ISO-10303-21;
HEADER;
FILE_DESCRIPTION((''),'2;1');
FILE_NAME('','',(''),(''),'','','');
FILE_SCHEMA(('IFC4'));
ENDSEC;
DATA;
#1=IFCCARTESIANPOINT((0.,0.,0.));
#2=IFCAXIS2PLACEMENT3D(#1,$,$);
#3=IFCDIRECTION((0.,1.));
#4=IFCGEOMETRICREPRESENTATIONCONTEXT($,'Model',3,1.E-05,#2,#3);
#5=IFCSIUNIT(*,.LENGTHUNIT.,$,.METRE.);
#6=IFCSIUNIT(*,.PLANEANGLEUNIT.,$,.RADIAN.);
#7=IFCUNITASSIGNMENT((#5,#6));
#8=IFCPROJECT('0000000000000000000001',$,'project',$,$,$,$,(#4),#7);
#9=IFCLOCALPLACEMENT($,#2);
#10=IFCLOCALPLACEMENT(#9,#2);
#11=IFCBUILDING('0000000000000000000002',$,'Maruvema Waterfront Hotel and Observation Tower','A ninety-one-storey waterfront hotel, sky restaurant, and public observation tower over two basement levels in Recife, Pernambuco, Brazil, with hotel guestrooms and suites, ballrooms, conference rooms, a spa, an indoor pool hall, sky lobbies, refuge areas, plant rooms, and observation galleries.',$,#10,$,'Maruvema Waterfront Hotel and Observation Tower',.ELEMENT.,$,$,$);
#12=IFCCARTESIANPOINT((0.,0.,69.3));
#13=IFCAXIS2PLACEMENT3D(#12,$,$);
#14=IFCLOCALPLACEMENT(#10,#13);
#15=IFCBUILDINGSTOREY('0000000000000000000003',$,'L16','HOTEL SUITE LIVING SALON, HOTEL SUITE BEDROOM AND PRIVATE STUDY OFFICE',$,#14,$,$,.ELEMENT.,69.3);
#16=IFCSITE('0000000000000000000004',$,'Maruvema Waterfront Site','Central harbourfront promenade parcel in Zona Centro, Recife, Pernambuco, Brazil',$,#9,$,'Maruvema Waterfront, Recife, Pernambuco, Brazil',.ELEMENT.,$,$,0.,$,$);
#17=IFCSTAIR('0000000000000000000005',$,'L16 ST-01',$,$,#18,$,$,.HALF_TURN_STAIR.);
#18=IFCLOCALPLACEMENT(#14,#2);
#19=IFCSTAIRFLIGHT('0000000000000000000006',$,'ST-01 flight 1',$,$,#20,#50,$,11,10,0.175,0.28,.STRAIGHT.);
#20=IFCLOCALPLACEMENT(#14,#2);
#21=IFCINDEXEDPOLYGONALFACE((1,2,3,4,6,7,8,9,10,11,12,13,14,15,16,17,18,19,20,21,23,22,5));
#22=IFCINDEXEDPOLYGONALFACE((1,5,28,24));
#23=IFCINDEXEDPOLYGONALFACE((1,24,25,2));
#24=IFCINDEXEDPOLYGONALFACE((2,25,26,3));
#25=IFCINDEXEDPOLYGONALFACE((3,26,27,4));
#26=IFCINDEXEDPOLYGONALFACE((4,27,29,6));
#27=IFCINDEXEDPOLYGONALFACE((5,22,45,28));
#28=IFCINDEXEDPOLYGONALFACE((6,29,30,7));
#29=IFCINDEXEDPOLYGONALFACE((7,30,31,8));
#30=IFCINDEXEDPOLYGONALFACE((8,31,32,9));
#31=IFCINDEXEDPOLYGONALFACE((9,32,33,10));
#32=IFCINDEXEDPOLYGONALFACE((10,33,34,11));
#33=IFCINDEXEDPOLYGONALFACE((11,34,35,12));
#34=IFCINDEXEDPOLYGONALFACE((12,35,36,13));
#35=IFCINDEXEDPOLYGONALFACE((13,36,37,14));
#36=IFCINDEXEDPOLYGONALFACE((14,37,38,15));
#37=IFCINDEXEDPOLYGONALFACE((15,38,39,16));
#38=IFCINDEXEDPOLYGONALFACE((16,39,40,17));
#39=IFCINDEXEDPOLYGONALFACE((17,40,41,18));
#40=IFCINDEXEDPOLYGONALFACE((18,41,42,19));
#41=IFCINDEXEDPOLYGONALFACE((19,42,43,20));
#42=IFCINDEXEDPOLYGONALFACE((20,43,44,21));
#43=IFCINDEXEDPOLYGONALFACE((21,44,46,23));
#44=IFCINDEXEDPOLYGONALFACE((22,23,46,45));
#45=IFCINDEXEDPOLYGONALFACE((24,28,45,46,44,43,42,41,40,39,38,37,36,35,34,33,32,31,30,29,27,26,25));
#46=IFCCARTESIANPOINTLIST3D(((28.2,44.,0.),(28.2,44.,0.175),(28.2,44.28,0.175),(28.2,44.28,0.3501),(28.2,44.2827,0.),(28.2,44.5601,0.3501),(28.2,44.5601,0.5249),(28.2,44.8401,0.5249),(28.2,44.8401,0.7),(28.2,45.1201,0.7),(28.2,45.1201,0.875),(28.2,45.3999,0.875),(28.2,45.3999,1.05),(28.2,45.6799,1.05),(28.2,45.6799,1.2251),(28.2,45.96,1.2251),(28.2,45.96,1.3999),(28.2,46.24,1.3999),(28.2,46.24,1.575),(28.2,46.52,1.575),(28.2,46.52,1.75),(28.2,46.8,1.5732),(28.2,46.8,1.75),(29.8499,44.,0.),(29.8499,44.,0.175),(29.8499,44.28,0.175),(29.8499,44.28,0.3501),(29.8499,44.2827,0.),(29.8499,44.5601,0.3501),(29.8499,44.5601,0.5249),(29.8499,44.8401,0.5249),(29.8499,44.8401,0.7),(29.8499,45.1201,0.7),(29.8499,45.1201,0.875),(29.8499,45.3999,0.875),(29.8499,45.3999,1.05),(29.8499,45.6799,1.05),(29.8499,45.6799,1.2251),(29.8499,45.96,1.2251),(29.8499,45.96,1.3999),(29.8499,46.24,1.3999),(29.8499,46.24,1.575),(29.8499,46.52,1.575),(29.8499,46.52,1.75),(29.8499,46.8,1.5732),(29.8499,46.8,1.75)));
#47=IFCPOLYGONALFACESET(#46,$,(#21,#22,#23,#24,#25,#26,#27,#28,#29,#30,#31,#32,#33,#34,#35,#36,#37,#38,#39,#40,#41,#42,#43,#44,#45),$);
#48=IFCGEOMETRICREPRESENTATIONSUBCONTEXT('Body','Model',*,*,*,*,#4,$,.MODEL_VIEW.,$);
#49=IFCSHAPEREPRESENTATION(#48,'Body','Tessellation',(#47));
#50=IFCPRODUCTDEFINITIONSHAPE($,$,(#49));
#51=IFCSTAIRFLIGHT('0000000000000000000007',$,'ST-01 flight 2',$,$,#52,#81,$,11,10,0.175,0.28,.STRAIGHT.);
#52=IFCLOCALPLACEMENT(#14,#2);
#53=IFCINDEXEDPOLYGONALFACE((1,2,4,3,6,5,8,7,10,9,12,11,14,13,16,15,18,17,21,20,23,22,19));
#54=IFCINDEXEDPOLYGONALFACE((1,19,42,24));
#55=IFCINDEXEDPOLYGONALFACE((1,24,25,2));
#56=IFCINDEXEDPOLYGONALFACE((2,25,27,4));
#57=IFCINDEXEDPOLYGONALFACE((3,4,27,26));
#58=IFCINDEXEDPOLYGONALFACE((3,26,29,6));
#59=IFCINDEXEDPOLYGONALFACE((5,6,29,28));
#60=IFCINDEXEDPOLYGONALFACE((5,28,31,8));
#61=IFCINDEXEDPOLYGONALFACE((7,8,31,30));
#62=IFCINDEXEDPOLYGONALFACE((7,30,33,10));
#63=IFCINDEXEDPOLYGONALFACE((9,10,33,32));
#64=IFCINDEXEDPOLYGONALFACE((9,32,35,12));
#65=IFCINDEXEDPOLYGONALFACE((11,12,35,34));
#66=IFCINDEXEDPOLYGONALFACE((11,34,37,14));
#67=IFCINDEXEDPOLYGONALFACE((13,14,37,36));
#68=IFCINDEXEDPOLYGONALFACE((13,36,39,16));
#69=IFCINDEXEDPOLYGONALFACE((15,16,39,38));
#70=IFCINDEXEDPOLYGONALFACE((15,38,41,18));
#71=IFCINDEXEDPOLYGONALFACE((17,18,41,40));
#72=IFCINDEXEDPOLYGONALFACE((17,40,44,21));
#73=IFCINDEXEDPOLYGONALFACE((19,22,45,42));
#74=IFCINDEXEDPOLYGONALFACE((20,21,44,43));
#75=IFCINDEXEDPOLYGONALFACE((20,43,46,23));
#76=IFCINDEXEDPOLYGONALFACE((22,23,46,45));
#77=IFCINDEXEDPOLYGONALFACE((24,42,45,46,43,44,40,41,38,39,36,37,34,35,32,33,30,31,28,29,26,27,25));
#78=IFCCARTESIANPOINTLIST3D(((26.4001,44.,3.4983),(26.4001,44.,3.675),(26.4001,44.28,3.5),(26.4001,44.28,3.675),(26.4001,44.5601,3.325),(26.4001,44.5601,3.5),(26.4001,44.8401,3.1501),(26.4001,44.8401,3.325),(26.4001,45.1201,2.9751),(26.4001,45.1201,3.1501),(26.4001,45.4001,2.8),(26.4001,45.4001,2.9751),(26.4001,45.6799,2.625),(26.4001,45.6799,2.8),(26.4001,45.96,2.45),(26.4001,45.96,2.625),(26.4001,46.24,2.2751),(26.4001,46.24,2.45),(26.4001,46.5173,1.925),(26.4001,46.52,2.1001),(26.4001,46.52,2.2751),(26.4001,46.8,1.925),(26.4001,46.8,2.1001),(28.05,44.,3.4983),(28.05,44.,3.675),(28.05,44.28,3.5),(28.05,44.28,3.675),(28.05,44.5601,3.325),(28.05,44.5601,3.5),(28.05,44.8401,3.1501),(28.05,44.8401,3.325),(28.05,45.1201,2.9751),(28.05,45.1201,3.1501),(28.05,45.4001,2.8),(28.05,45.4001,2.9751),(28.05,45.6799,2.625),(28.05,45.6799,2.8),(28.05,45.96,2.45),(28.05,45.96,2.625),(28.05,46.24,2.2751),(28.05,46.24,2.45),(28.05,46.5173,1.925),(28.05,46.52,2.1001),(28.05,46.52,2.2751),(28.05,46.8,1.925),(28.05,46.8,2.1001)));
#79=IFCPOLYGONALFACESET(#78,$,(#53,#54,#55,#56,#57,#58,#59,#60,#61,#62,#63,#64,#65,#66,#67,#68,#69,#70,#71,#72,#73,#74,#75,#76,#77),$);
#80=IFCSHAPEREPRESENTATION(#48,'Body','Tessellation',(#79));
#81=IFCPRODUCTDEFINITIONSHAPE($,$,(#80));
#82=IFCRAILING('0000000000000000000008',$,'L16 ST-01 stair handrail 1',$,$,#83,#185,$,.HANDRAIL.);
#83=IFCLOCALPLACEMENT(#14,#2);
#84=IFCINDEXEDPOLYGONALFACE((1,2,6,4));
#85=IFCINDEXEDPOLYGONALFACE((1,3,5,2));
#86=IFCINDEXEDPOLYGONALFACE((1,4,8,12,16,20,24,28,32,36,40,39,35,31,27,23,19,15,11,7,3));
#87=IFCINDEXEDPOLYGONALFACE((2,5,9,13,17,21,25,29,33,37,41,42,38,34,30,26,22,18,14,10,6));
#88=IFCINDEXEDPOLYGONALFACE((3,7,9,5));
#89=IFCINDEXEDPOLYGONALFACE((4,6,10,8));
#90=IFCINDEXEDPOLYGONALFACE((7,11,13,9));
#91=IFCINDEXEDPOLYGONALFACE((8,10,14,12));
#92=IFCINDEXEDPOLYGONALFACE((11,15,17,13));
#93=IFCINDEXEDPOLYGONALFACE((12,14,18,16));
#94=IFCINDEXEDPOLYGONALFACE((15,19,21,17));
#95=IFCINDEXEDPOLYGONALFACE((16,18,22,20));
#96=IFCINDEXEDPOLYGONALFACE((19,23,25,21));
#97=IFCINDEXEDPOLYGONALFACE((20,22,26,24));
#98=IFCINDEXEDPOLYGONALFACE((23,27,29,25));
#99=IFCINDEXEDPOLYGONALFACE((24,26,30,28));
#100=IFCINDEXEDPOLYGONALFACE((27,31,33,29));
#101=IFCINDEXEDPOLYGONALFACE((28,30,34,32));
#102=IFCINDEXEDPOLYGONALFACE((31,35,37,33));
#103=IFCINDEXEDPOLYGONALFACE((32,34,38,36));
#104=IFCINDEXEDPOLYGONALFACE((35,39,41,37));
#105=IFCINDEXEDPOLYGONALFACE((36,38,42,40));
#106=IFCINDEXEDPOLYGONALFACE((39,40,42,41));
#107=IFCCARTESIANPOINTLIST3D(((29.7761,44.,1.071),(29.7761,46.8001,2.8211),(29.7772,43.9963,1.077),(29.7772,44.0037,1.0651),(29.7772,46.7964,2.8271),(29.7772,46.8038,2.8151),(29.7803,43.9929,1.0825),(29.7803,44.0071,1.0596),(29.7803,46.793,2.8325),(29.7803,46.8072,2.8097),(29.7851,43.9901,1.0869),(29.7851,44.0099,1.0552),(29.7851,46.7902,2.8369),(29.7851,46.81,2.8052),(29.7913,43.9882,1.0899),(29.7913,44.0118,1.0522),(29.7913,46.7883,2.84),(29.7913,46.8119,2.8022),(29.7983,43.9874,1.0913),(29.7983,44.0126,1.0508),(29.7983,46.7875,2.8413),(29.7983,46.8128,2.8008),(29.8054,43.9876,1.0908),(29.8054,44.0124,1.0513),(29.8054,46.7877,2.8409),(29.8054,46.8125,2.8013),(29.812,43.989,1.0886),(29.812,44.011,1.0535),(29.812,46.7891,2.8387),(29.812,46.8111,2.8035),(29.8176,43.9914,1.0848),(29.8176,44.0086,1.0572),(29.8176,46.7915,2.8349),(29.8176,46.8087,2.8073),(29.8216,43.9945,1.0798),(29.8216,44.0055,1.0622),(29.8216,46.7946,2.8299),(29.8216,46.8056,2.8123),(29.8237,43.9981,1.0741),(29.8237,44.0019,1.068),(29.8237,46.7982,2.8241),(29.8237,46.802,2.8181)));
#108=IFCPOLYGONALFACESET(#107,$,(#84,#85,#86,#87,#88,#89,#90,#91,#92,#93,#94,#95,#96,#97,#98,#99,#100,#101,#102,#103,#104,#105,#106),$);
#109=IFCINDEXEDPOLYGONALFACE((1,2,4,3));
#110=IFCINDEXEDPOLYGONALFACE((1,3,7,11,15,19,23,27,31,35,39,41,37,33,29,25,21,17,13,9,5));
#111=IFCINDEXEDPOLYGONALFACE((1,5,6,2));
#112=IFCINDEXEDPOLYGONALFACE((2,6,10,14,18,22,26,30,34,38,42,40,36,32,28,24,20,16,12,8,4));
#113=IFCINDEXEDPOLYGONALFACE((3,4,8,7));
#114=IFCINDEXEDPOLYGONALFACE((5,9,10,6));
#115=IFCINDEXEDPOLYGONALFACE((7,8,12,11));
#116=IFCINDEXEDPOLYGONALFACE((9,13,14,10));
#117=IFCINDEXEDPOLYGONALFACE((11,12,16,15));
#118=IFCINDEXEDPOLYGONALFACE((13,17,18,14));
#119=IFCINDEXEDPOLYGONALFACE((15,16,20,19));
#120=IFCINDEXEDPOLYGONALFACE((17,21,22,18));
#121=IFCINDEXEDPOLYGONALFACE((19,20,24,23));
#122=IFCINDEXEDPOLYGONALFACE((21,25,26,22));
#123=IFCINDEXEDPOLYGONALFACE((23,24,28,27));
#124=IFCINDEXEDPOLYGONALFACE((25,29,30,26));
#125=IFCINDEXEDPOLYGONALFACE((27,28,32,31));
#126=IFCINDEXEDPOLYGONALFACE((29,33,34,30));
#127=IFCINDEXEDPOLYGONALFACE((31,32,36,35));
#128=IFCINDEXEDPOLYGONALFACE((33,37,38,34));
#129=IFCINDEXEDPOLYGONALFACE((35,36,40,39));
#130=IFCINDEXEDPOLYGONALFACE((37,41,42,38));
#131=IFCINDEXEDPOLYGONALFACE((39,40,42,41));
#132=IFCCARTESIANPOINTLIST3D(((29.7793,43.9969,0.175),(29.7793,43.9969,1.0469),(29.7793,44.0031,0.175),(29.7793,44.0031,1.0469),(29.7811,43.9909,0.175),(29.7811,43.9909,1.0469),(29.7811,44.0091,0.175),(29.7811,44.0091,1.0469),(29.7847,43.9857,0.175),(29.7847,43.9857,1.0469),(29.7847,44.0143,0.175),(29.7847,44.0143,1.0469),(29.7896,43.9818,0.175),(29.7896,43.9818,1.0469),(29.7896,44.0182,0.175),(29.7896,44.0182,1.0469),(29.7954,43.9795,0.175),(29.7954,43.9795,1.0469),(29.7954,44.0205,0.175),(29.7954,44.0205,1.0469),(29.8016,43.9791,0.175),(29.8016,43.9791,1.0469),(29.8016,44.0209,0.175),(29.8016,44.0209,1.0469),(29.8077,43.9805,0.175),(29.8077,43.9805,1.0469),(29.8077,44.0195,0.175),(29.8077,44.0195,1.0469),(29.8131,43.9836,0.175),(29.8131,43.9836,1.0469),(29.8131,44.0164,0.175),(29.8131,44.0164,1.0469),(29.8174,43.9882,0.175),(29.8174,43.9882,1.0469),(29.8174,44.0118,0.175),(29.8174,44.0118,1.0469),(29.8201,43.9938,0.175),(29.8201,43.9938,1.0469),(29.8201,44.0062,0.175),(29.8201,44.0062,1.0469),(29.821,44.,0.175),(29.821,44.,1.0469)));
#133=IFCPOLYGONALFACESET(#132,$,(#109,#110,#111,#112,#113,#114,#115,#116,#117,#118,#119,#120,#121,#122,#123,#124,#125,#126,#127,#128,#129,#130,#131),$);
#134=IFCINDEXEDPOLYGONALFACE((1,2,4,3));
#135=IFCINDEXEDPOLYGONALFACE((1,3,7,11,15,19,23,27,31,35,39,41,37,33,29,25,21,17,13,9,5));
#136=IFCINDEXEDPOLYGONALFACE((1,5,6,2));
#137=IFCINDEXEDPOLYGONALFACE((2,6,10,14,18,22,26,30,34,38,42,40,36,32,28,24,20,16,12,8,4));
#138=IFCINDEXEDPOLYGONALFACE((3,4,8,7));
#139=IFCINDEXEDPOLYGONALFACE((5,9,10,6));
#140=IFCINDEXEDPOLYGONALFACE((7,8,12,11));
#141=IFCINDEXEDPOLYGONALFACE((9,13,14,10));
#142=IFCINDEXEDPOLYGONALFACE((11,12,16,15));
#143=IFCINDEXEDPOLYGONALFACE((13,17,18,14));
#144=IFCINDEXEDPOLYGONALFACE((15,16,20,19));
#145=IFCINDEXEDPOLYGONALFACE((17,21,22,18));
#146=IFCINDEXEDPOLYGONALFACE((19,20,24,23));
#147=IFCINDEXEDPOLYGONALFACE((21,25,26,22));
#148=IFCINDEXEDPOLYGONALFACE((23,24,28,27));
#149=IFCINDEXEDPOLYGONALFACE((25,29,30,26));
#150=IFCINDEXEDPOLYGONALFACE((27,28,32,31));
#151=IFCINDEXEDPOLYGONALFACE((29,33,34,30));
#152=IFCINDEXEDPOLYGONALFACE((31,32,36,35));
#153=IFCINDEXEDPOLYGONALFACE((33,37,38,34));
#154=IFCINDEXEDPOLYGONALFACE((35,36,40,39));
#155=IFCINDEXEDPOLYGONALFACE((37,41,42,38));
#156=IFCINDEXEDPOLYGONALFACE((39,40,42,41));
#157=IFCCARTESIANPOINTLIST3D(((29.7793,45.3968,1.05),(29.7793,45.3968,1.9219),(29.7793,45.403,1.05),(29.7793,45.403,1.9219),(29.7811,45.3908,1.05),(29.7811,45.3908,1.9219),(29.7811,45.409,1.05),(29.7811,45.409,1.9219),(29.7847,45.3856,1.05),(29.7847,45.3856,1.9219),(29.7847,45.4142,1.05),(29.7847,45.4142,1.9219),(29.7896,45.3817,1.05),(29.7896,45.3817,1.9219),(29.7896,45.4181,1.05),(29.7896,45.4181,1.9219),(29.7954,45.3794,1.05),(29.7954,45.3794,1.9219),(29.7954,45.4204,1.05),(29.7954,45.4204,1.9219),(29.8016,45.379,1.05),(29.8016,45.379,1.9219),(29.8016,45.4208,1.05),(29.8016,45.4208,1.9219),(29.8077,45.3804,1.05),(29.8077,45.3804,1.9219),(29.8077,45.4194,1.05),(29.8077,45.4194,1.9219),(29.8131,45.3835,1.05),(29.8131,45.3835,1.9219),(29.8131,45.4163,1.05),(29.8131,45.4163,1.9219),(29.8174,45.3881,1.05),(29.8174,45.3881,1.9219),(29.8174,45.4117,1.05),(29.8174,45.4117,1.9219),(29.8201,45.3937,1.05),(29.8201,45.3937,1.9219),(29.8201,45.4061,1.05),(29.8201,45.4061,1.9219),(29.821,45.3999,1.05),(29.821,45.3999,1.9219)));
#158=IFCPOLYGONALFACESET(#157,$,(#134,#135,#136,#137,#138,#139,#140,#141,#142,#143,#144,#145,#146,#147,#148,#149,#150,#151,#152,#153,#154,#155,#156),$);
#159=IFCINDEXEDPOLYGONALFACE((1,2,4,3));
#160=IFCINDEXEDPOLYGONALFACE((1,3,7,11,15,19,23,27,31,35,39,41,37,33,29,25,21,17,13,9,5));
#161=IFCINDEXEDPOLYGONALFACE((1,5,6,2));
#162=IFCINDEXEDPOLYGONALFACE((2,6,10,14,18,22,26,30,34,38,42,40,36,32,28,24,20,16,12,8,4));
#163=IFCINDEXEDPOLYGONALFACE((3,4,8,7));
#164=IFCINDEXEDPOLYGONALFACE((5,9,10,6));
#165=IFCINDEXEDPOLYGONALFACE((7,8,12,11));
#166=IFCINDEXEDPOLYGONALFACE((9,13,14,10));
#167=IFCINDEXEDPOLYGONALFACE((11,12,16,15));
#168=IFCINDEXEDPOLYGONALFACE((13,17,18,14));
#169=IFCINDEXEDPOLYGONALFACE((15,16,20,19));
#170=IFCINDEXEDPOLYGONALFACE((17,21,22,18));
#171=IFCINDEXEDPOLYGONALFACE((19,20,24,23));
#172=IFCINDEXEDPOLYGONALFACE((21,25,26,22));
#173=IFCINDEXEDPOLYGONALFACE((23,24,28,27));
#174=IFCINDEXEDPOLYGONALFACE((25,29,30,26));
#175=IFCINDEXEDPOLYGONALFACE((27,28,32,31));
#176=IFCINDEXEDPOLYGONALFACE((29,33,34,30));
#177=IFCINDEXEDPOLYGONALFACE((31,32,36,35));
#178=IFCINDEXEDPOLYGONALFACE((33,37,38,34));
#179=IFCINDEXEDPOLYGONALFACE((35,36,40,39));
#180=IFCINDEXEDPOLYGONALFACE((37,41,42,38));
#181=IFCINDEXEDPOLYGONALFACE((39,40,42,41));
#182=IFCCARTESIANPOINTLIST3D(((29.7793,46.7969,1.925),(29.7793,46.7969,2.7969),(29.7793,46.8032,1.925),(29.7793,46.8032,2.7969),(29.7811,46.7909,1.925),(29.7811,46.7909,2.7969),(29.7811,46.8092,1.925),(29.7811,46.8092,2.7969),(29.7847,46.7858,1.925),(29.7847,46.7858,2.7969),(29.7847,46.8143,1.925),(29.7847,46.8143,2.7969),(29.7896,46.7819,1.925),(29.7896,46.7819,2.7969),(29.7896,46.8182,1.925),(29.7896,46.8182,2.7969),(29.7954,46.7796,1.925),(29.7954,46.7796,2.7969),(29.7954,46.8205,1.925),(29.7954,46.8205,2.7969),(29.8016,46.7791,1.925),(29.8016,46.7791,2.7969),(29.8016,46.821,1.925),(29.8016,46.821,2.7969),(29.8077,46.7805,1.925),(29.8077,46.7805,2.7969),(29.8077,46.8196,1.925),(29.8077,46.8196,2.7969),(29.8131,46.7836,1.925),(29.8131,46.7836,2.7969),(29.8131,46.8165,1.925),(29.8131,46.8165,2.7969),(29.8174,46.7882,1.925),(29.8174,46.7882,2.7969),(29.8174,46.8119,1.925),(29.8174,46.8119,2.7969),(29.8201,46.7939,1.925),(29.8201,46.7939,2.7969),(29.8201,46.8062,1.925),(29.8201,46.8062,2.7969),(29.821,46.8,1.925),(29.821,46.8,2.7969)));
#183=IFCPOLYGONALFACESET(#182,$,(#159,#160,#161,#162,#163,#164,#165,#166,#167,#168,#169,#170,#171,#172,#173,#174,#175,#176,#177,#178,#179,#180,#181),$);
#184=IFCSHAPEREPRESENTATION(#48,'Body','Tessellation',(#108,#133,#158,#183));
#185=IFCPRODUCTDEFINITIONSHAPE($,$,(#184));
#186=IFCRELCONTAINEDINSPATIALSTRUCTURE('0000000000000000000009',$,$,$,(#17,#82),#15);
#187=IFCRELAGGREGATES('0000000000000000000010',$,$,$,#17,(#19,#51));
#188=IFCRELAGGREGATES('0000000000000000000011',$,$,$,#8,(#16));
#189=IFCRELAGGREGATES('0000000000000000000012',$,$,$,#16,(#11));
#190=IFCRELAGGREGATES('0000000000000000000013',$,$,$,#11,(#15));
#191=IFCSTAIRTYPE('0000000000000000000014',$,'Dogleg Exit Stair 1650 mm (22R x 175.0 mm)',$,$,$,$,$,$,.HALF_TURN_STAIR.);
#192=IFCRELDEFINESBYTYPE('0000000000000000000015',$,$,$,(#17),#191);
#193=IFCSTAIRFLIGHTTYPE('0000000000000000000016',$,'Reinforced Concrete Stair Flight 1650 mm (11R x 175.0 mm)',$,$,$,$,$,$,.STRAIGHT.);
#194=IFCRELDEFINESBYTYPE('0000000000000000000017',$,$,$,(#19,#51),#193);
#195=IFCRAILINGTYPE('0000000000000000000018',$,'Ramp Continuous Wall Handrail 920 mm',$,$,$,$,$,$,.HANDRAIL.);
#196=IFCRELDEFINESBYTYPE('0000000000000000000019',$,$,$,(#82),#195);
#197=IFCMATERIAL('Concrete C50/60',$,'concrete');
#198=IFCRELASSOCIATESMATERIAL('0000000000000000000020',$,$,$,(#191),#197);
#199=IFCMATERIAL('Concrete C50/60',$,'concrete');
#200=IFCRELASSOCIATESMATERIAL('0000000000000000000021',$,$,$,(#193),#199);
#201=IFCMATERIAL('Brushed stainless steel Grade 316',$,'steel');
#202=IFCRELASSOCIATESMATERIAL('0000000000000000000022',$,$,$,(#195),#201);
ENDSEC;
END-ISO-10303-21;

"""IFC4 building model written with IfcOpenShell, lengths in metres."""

from ifc_helpers import new_model, si_unit, direction, frame, origin, origin_2d, place, context, subcontext, project, spatial, polyline, circle, outline, extrude, material, type_object, element, aggregate, save


model = new_model("IFC4")

# Units and contexts
model_context = context("Model", 3, precision=1e-05, world=origin(), true_north=direction((0.0, 1.0)))
body_context = subcontext(model_context, "Body", "Model", "MODEL_VIEW")
ifc_project = project(units=[si_unit("LENGTHUNIT", "METRE"), si_unit("PLANEANGLEUNIT", "RADIAN")], contexts=[model_context])

# Site, building, storey
site_placement = place(None, origin())
site = spatial("IfcSite", under=ifc_project, at=site_placement, Name="Maruvema Waterfront Site", Description="Central harbourfront promenade parcel in Zona Centro, Recife, Pernambuco, Brazil", LongName="Maruvema Waterfront, Recife, Pernambuco, Brazil", CompositionType="ELEMENT", RefElevation=0.0)
building_placement = place(site_placement, origin())
building = spatial("IfcBuilding", under=site, at=building_placement, Name="Maruvema Waterfront Hotel and Observation Tower", Description="A ninety-one-storey waterfront hotel, sky restaurant, and public observation tower over two basement levels in Recife, Pernambuco, Brazil, with hotel guestrooms and suites, ballrooms, conference rooms, a spa, an indoor pool hall, sky lobbies, refuge areas, plant rooms, and observation galleries.", LongName="Maruvema Waterfront Hotel and Observation Tower", CompositionType="ELEMENT")
storey_placement = place(building_placement, frame((0.0, 0.0, 69.3)))
storey = spatial("IfcBuildingStorey", under=building, at=storey_placement, Name="L16", Description="HOTEL SUITE LIVING SALON, HOTEL SUITE BEDROOM AND PRIVATE STUDY OFFICE", CompositionType="ELEMENT", Elevation=69.3)

# Stair, stair flights
ifc_material_1 = material(Name="Concrete C50/60", Category="concrete")
stair_type = type_object("IfcStairType", Name="Dogleg Exit Stair 1650 mm (22R x 175.0 mm)", PredefinedType="HALF_TURN_STAIR", material=ifc_material_1)
stair_placement = place(storey_placement, origin())
stair = element("IfcStair", 1, at=stair_placement, inside=storey, type_object=stair_type, Name="L16 ST-01", PredefinedType="HALF_TURN_STAIR")
ifc_material_2 = material(Name="Concrete C50/60", Category="concrete")
stair_flight_type = type_object("IfcStairFlightType", Name="Reinforced Concrete Stair Flight 1650 mm (11R x 175.0 mm)", PredefinedType="STRAIGHT", material=ifc_material_2)
stair_flight_1_placement = place(storey_placement, frame((29.0249, 44.0, 0.0), z_axis=(0.0, 0.0, 1.0), x_axis=(0.0, 1.0, 0.0)))
stair_flight_1 = element("IfcStairFlight", 2, at=stair_flight_1_placement, type_object=stair_flight_type, Name="ST-01 flight 1", NumberOfRisers=11, NumberOfTreads=10, PredefinedType="STRAIGHT", RiserHeight=0.175, TreadLength=0.28, context=body_context, shape_type="SweptSolid", body=[
    extrude(outline(polyline([(0.0, 0.0), (0.0, 0.175), (0.28, 0.175), (0.28, 0.3501), (0.5601, 0.3501), (0.5601, 0.5249), (0.8401, 0.5249), (0.8401, 0.7), (1.1201, 0.7), (1.1201, 0.875), (1.3999, 0.875), (1.3999, 1.05), (1.6799, 1.05), (1.6799, 1.2251), (1.96, 1.2251), (1.96, 1.3999), (2.24, 1.3999), (2.24, 1.575), (2.52, 1.575), (2.52, 1.75), (2.8, 1.75), (2.8, 1.925), (2.8, 1.5732), (0.2827, 0.0), (0.0, 0.0)])), frame((0.0, 0.825, 0.0), z_axis=(0.0, -1.0, 0.0), x_axis=(1.0, 0.0, 0.0)), (0.0, 0.0, 1.0), 1.6499),
])
stair_flight_2_placement = place(storey_placement, frame((27.2251, 46.8, 1.925), z_axis=(0.0, 0.0, 1.0), x_axis=(0.0, -1.0, 0.0)))
stair_flight_2 = element("IfcStairFlight", 3, at=stair_flight_2_placement, type_object=stair_flight_type, Name="ST-01 flight 2", NumberOfRisers=11, NumberOfTreads=10, PredefinedType="STRAIGHT", RiserHeight=0.175, TreadLength=0.28, context=body_context, shape_type="SweptSolid", body=[
    extrude(outline(polyline([(0.0, 0.0), (0.0, 0.175), (0.28, 0.175), (0.28, 0.3501), (0.5601, 0.3501), (0.5601, 0.5249), (0.8401, 0.5249), (0.8401, 0.7), (1.1201, 0.7), (1.1201, 0.875), (1.3999, 0.875), (1.3999, 1.05), (1.6799, 1.05), (1.6799, 1.2251), (1.96, 1.2251), (1.96, 1.3999), (2.24, 1.3999), (2.24, 1.575), (2.52, 1.575), (2.52, 1.75), (2.8, 1.75), (2.8, 1.925), (2.8, 1.5732), (0.2827, 0.0), (0.0, 0.0)])), frame((0.0, 0.825, 0.0), z_axis=(0.0, -1.0, 0.0), x_axis=(1.0, 0.0, 0.0)), (0.0, 0.0, 1.0), 1.6499),
])
aggregate(stair, [stair_flight_1, stair_flight_2])

# Railing
ifc_material_3 = material(Name="Brushed stainless steel Grade 316", Category="steel")
railing_type_1 = type_object("IfcRailingType", Name="Ramp Continuous Wall Handrail 920 mm", PredefinedType="HANDRAIL", material=ifc_material_3)
railing_1_placement = place(storey_placement, frame((29.8, 44.0, 0.175)))
element("IfcRailing", 4, at=railing_1_placement, inside=storey, type_object=railing_type_1, Name="L16 ST-01 stair handrail 1", PredefinedType="HANDRAIL", context=body_context, shape_type="SweptSolid", body=[
    extrude(circle(Radius=0.0239, at=origin_2d()), frame((0.0, 0.0, 0.896), z_axis=(0.0, 0.848002, 0.529992), x_axis=(-1.0, 0.0, 0.0)), (0.0, 0.0, 1.0), 3.302),
    extrude(circle(Radius=0.021, at=origin_2d()), origin(), (0.0, 0.0, 1.0), 0.8718),
    extrude(circle(Radius=0.021, at=origin_2d()), frame((0.0, 1.3999, 0.875)), (0.0, 0.0, 1.0), 0.8718),
    extrude(circle(Radius=0.021, at=origin_2d()), frame((0.0, 2.8, 1.75)), (0.0, 0.0, 1.0), 0.8718),
])

save(model, "model.ifc")
